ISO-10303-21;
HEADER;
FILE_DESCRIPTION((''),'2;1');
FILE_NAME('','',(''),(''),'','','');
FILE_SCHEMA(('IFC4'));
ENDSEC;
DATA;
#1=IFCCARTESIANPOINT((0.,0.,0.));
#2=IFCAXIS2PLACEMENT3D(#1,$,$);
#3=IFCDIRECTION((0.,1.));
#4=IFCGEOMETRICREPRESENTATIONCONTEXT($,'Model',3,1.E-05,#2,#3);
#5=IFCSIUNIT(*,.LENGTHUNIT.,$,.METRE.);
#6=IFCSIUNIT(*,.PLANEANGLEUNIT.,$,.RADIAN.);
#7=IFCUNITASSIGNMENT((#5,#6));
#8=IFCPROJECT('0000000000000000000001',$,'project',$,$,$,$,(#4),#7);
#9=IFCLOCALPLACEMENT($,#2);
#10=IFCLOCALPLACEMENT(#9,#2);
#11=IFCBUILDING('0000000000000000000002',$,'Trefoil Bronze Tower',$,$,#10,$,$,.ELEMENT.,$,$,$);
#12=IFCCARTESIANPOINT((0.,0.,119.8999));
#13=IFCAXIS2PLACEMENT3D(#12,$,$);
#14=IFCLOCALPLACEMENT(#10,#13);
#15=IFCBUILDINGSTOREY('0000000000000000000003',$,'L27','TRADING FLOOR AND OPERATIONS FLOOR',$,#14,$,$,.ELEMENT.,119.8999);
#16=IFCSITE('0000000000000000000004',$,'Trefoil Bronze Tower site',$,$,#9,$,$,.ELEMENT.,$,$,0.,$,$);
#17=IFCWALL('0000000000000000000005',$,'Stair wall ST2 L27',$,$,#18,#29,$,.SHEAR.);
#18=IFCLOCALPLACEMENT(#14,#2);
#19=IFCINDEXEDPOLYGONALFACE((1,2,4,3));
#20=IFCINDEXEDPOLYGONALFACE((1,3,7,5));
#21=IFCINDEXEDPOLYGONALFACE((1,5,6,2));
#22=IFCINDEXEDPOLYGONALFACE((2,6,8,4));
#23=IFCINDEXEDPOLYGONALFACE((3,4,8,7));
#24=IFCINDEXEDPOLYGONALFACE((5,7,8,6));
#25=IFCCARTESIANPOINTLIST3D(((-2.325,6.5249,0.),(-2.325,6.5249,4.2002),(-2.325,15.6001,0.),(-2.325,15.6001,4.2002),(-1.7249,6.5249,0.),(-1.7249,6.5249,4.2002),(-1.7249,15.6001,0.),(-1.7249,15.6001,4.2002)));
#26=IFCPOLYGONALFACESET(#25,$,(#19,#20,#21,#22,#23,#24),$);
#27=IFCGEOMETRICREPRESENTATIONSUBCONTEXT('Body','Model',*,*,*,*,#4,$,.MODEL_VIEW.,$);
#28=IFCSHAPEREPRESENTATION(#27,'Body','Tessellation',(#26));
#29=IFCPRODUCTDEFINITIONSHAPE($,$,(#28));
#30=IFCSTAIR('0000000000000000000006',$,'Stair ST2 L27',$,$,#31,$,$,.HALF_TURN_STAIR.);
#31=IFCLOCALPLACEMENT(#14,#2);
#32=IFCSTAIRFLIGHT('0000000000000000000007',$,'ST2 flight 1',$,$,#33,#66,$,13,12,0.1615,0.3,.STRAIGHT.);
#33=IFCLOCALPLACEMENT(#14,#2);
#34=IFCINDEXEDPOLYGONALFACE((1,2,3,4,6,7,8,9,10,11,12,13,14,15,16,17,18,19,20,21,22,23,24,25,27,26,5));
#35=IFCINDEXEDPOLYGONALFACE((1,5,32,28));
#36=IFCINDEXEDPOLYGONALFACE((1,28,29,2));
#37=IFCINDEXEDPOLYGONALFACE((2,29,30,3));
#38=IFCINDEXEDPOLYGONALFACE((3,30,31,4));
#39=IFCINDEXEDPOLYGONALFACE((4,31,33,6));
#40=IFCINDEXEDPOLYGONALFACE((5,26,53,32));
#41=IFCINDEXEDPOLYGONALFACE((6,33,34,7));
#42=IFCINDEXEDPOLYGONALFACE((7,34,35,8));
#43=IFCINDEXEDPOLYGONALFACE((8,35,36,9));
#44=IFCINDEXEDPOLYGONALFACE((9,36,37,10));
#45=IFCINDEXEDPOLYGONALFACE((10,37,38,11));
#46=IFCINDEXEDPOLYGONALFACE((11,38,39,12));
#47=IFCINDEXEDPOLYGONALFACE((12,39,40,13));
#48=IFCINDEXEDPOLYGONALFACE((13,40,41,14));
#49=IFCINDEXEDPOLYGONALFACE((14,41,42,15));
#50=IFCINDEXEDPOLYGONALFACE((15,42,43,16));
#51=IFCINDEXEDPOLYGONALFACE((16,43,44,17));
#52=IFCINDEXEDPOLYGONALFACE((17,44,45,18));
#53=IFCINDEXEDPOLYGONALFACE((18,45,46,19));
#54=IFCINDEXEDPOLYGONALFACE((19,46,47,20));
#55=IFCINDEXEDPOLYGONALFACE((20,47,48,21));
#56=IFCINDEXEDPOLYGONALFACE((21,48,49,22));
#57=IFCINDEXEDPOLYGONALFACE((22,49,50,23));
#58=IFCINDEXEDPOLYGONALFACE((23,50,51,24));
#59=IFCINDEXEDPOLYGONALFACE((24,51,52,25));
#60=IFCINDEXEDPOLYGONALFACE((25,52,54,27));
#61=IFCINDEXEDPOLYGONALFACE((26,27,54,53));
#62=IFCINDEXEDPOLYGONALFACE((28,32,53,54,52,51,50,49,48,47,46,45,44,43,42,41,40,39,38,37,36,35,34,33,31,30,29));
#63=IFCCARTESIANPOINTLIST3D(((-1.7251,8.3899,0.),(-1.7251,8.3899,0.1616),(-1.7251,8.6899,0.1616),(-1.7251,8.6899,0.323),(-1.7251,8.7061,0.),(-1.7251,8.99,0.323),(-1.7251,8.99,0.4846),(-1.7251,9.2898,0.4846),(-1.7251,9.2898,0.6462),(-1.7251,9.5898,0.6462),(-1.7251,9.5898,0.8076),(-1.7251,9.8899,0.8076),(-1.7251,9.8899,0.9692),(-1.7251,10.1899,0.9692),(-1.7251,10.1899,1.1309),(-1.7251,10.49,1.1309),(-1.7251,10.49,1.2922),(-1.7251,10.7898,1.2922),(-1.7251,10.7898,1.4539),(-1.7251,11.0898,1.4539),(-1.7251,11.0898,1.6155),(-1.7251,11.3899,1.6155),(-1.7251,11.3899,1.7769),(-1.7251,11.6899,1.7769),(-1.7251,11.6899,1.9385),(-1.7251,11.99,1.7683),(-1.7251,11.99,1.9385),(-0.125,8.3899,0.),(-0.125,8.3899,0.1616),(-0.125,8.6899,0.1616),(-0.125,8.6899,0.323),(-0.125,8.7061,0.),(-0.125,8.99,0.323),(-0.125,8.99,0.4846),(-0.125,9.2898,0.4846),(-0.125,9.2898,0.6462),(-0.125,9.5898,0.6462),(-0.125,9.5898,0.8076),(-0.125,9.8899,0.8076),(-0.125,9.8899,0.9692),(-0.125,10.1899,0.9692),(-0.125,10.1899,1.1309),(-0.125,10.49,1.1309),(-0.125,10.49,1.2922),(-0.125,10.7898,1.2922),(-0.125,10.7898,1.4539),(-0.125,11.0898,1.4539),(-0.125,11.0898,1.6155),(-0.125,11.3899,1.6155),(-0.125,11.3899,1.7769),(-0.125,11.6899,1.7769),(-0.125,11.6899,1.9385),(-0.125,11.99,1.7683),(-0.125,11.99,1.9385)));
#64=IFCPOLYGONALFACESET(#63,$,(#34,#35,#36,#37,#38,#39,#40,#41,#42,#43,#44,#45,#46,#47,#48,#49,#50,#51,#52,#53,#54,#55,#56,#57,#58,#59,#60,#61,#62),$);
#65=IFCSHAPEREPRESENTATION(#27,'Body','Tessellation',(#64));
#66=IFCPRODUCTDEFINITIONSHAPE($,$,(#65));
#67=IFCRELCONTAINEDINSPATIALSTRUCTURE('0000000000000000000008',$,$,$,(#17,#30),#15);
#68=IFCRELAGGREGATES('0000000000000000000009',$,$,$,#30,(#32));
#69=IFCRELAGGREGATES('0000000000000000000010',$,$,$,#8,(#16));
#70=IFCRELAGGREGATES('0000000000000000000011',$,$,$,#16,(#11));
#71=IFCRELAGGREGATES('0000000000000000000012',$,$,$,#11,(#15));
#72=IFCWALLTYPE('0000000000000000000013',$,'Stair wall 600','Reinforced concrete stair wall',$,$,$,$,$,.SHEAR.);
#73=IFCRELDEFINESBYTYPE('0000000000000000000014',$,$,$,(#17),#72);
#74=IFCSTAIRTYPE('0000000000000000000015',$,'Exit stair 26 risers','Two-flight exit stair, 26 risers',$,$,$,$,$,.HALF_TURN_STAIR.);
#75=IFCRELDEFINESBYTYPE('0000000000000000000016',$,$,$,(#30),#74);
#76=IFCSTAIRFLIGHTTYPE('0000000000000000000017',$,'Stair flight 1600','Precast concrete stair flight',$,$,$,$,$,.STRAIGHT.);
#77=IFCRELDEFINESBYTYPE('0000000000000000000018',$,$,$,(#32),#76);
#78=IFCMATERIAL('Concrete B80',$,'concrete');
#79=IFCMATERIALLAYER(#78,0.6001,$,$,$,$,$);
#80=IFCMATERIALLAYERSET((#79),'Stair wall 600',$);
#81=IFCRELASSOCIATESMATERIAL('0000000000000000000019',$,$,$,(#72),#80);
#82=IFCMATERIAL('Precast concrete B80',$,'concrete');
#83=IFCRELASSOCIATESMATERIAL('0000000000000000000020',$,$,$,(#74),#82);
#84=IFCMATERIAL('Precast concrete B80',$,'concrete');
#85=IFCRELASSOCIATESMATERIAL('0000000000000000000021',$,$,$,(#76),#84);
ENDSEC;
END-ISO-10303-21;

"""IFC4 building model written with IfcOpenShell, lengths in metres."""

from ifc_helpers import new_model, si_unit, direction, frame, frame_2d, origin, place, context, subcontext, project, spatial, polyline, rectangle, outline, extrude, material, layer, layer_set, type_object, element, aggregate, save


model = new_model("IFC4")

# Units and contexts
model_context = context("Model", 3, precision=1e-05, world=origin(), true_north=direction((0.0, 1.0)))
body_context = subcontext(model_context, "Body", "Model", "MODEL_VIEW")
ifc_project = project(units=[si_unit("LENGTHUNIT", "METRE"), si_unit("PLANEANGLEUNIT", "RADIAN")], contexts=[model_context])

# Site, building, storey
site_placement = place(None, origin())
site = spatial("IfcSite", under=ifc_project, at=site_placement, Name="Trefoil Bronze Tower site", CompositionType="ELEMENT", RefElevation=0.0)
building_placement = place(site_placement, origin())
building = spatial("IfcBuilding", under=site, at=building_placement, Name="Trefoil Bronze Tower", CompositionType="ELEMENT")
storey_placement = place(building_placement, frame((0.0, 0.0, 119.8999)))
storey = spatial("IfcBuildingStorey", under=building, at=storey_placement, Name="L27", Description="TRADING FLOOR AND OPERATIONS FLOOR", CompositionType="ELEMENT", Elevation=119.8999)

# Wall
ifc_material_1 = material(Name="Concrete B80", Category="concrete")
ifc_layer_1 = layer(ifc_material_1, 0.6001)
ifc_layer_set_1 = layer_set([ifc_layer_1], Name="Stair wall 600")
wall_type_1 = type_object("IfcWallType", Name="Stair wall 600", Description="Reinforced concrete stair wall", PredefinedType="SHEAR", material=ifc_layer_set_1)
wall_1_placement = place(storey_placement, frame((-2.0249, 6.5249, 0.0), z_axis=(0.0, 0.0, 1.0), x_axis=(0.0, 1.0, 0.0)))
element("IfcWall", 1, at=wall_1_placement, inside=storey, type_object=wall_type_1, Name="Stair wall ST2 L27", PredefinedType="SHEAR", context=body_context, shape_type="SweptSolid", body=[
    extrude(rectangle(XDim=9.0752, YDim=0.6001, at=frame_2d((4.5376, 0.0))), origin(), (0.0, 0.0, 1.0), 4.2002),
])

# Stair, stair flight
ifc_material_2 = material(Name="Precast concrete B80", Category="concrete")
stair_type = type_object("IfcStairType", Name="Exit stair 26 risers", Description="Two-flight exit stair, 26 risers", PredefinedType="HALF_TURN_STAIR", material=ifc_material_2)
stair_placement = place(storey_placement, origin())
stair = element("IfcStair", 2, at=stair_placement, inside=storey, type_object=stair_type, Name="Stair ST2 L27", PredefinedType="HALF_TURN_STAIR")
ifc_material_3 = material(Name="Precast concrete B80", Category="concrete")
stair_flight_type = type_object("IfcStairFlightType", Name="Stair flight 1600", Description="Precast concrete stair flight", PredefinedType="STRAIGHT", material=ifc_material_3)
stair_flight_placement = place(storey_placement, frame((-0.925, 8.3899, 0.0), z_axis=(0.0, 0.0, 1.0), x_axis=(0.0, 1.0, 0.0)))
stair_flight = element("IfcStairFlight", 3, at=stair_flight_placement, type_object=stair_flight_type, Name="ST2 flight 1", NumberOfRisers=13, NumberOfTreads=12, PredefinedType="STRAIGHT", RiserHeight=0.1615, TreadLength=0.3, context=body_context, shape_type="SweptSolid", body=[
    extrude(outline(polyline([(0.0, 0.0), (0.0, 0.1616), (0.3, 0.1616), (0.3, 0.323), (0.6001, 0.323), (0.6001, 0.4846), (0.8999, 0.4846), (0.8999, 0.6462), (1.2, 0.6462), (1.2, 0.8076), (1.5, 0.8076), (1.5, 0.9692), (1.8, 0.9692), (1.8, 1.1309), (2.1001, 1.1309), (2.1001, 1.2922), (2.3999, 1.2922), (2.3999, 1.4539), (2.7, 1.4539), (2.7, 1.6155), (3.0, 1.6155), (3.0, 1.7769), (3.3, 1.7769), (3.3, 1.9385), (3.6001, 1.9385), (3.6001, 2.1001), (3.6001, 1.7683), (0.3162, 0.0), (0.0, 0.0)])), frame((0.0, 0.8, 0.0), z_axis=(0.0, -1.0, 0.0), x_axis=(1.0, 0.0, 0.0)), (0.0, 0.0, 1.0), 1.6001),
])
aggregate(stair, [stair_flight])

save(model, "model.ifc")
